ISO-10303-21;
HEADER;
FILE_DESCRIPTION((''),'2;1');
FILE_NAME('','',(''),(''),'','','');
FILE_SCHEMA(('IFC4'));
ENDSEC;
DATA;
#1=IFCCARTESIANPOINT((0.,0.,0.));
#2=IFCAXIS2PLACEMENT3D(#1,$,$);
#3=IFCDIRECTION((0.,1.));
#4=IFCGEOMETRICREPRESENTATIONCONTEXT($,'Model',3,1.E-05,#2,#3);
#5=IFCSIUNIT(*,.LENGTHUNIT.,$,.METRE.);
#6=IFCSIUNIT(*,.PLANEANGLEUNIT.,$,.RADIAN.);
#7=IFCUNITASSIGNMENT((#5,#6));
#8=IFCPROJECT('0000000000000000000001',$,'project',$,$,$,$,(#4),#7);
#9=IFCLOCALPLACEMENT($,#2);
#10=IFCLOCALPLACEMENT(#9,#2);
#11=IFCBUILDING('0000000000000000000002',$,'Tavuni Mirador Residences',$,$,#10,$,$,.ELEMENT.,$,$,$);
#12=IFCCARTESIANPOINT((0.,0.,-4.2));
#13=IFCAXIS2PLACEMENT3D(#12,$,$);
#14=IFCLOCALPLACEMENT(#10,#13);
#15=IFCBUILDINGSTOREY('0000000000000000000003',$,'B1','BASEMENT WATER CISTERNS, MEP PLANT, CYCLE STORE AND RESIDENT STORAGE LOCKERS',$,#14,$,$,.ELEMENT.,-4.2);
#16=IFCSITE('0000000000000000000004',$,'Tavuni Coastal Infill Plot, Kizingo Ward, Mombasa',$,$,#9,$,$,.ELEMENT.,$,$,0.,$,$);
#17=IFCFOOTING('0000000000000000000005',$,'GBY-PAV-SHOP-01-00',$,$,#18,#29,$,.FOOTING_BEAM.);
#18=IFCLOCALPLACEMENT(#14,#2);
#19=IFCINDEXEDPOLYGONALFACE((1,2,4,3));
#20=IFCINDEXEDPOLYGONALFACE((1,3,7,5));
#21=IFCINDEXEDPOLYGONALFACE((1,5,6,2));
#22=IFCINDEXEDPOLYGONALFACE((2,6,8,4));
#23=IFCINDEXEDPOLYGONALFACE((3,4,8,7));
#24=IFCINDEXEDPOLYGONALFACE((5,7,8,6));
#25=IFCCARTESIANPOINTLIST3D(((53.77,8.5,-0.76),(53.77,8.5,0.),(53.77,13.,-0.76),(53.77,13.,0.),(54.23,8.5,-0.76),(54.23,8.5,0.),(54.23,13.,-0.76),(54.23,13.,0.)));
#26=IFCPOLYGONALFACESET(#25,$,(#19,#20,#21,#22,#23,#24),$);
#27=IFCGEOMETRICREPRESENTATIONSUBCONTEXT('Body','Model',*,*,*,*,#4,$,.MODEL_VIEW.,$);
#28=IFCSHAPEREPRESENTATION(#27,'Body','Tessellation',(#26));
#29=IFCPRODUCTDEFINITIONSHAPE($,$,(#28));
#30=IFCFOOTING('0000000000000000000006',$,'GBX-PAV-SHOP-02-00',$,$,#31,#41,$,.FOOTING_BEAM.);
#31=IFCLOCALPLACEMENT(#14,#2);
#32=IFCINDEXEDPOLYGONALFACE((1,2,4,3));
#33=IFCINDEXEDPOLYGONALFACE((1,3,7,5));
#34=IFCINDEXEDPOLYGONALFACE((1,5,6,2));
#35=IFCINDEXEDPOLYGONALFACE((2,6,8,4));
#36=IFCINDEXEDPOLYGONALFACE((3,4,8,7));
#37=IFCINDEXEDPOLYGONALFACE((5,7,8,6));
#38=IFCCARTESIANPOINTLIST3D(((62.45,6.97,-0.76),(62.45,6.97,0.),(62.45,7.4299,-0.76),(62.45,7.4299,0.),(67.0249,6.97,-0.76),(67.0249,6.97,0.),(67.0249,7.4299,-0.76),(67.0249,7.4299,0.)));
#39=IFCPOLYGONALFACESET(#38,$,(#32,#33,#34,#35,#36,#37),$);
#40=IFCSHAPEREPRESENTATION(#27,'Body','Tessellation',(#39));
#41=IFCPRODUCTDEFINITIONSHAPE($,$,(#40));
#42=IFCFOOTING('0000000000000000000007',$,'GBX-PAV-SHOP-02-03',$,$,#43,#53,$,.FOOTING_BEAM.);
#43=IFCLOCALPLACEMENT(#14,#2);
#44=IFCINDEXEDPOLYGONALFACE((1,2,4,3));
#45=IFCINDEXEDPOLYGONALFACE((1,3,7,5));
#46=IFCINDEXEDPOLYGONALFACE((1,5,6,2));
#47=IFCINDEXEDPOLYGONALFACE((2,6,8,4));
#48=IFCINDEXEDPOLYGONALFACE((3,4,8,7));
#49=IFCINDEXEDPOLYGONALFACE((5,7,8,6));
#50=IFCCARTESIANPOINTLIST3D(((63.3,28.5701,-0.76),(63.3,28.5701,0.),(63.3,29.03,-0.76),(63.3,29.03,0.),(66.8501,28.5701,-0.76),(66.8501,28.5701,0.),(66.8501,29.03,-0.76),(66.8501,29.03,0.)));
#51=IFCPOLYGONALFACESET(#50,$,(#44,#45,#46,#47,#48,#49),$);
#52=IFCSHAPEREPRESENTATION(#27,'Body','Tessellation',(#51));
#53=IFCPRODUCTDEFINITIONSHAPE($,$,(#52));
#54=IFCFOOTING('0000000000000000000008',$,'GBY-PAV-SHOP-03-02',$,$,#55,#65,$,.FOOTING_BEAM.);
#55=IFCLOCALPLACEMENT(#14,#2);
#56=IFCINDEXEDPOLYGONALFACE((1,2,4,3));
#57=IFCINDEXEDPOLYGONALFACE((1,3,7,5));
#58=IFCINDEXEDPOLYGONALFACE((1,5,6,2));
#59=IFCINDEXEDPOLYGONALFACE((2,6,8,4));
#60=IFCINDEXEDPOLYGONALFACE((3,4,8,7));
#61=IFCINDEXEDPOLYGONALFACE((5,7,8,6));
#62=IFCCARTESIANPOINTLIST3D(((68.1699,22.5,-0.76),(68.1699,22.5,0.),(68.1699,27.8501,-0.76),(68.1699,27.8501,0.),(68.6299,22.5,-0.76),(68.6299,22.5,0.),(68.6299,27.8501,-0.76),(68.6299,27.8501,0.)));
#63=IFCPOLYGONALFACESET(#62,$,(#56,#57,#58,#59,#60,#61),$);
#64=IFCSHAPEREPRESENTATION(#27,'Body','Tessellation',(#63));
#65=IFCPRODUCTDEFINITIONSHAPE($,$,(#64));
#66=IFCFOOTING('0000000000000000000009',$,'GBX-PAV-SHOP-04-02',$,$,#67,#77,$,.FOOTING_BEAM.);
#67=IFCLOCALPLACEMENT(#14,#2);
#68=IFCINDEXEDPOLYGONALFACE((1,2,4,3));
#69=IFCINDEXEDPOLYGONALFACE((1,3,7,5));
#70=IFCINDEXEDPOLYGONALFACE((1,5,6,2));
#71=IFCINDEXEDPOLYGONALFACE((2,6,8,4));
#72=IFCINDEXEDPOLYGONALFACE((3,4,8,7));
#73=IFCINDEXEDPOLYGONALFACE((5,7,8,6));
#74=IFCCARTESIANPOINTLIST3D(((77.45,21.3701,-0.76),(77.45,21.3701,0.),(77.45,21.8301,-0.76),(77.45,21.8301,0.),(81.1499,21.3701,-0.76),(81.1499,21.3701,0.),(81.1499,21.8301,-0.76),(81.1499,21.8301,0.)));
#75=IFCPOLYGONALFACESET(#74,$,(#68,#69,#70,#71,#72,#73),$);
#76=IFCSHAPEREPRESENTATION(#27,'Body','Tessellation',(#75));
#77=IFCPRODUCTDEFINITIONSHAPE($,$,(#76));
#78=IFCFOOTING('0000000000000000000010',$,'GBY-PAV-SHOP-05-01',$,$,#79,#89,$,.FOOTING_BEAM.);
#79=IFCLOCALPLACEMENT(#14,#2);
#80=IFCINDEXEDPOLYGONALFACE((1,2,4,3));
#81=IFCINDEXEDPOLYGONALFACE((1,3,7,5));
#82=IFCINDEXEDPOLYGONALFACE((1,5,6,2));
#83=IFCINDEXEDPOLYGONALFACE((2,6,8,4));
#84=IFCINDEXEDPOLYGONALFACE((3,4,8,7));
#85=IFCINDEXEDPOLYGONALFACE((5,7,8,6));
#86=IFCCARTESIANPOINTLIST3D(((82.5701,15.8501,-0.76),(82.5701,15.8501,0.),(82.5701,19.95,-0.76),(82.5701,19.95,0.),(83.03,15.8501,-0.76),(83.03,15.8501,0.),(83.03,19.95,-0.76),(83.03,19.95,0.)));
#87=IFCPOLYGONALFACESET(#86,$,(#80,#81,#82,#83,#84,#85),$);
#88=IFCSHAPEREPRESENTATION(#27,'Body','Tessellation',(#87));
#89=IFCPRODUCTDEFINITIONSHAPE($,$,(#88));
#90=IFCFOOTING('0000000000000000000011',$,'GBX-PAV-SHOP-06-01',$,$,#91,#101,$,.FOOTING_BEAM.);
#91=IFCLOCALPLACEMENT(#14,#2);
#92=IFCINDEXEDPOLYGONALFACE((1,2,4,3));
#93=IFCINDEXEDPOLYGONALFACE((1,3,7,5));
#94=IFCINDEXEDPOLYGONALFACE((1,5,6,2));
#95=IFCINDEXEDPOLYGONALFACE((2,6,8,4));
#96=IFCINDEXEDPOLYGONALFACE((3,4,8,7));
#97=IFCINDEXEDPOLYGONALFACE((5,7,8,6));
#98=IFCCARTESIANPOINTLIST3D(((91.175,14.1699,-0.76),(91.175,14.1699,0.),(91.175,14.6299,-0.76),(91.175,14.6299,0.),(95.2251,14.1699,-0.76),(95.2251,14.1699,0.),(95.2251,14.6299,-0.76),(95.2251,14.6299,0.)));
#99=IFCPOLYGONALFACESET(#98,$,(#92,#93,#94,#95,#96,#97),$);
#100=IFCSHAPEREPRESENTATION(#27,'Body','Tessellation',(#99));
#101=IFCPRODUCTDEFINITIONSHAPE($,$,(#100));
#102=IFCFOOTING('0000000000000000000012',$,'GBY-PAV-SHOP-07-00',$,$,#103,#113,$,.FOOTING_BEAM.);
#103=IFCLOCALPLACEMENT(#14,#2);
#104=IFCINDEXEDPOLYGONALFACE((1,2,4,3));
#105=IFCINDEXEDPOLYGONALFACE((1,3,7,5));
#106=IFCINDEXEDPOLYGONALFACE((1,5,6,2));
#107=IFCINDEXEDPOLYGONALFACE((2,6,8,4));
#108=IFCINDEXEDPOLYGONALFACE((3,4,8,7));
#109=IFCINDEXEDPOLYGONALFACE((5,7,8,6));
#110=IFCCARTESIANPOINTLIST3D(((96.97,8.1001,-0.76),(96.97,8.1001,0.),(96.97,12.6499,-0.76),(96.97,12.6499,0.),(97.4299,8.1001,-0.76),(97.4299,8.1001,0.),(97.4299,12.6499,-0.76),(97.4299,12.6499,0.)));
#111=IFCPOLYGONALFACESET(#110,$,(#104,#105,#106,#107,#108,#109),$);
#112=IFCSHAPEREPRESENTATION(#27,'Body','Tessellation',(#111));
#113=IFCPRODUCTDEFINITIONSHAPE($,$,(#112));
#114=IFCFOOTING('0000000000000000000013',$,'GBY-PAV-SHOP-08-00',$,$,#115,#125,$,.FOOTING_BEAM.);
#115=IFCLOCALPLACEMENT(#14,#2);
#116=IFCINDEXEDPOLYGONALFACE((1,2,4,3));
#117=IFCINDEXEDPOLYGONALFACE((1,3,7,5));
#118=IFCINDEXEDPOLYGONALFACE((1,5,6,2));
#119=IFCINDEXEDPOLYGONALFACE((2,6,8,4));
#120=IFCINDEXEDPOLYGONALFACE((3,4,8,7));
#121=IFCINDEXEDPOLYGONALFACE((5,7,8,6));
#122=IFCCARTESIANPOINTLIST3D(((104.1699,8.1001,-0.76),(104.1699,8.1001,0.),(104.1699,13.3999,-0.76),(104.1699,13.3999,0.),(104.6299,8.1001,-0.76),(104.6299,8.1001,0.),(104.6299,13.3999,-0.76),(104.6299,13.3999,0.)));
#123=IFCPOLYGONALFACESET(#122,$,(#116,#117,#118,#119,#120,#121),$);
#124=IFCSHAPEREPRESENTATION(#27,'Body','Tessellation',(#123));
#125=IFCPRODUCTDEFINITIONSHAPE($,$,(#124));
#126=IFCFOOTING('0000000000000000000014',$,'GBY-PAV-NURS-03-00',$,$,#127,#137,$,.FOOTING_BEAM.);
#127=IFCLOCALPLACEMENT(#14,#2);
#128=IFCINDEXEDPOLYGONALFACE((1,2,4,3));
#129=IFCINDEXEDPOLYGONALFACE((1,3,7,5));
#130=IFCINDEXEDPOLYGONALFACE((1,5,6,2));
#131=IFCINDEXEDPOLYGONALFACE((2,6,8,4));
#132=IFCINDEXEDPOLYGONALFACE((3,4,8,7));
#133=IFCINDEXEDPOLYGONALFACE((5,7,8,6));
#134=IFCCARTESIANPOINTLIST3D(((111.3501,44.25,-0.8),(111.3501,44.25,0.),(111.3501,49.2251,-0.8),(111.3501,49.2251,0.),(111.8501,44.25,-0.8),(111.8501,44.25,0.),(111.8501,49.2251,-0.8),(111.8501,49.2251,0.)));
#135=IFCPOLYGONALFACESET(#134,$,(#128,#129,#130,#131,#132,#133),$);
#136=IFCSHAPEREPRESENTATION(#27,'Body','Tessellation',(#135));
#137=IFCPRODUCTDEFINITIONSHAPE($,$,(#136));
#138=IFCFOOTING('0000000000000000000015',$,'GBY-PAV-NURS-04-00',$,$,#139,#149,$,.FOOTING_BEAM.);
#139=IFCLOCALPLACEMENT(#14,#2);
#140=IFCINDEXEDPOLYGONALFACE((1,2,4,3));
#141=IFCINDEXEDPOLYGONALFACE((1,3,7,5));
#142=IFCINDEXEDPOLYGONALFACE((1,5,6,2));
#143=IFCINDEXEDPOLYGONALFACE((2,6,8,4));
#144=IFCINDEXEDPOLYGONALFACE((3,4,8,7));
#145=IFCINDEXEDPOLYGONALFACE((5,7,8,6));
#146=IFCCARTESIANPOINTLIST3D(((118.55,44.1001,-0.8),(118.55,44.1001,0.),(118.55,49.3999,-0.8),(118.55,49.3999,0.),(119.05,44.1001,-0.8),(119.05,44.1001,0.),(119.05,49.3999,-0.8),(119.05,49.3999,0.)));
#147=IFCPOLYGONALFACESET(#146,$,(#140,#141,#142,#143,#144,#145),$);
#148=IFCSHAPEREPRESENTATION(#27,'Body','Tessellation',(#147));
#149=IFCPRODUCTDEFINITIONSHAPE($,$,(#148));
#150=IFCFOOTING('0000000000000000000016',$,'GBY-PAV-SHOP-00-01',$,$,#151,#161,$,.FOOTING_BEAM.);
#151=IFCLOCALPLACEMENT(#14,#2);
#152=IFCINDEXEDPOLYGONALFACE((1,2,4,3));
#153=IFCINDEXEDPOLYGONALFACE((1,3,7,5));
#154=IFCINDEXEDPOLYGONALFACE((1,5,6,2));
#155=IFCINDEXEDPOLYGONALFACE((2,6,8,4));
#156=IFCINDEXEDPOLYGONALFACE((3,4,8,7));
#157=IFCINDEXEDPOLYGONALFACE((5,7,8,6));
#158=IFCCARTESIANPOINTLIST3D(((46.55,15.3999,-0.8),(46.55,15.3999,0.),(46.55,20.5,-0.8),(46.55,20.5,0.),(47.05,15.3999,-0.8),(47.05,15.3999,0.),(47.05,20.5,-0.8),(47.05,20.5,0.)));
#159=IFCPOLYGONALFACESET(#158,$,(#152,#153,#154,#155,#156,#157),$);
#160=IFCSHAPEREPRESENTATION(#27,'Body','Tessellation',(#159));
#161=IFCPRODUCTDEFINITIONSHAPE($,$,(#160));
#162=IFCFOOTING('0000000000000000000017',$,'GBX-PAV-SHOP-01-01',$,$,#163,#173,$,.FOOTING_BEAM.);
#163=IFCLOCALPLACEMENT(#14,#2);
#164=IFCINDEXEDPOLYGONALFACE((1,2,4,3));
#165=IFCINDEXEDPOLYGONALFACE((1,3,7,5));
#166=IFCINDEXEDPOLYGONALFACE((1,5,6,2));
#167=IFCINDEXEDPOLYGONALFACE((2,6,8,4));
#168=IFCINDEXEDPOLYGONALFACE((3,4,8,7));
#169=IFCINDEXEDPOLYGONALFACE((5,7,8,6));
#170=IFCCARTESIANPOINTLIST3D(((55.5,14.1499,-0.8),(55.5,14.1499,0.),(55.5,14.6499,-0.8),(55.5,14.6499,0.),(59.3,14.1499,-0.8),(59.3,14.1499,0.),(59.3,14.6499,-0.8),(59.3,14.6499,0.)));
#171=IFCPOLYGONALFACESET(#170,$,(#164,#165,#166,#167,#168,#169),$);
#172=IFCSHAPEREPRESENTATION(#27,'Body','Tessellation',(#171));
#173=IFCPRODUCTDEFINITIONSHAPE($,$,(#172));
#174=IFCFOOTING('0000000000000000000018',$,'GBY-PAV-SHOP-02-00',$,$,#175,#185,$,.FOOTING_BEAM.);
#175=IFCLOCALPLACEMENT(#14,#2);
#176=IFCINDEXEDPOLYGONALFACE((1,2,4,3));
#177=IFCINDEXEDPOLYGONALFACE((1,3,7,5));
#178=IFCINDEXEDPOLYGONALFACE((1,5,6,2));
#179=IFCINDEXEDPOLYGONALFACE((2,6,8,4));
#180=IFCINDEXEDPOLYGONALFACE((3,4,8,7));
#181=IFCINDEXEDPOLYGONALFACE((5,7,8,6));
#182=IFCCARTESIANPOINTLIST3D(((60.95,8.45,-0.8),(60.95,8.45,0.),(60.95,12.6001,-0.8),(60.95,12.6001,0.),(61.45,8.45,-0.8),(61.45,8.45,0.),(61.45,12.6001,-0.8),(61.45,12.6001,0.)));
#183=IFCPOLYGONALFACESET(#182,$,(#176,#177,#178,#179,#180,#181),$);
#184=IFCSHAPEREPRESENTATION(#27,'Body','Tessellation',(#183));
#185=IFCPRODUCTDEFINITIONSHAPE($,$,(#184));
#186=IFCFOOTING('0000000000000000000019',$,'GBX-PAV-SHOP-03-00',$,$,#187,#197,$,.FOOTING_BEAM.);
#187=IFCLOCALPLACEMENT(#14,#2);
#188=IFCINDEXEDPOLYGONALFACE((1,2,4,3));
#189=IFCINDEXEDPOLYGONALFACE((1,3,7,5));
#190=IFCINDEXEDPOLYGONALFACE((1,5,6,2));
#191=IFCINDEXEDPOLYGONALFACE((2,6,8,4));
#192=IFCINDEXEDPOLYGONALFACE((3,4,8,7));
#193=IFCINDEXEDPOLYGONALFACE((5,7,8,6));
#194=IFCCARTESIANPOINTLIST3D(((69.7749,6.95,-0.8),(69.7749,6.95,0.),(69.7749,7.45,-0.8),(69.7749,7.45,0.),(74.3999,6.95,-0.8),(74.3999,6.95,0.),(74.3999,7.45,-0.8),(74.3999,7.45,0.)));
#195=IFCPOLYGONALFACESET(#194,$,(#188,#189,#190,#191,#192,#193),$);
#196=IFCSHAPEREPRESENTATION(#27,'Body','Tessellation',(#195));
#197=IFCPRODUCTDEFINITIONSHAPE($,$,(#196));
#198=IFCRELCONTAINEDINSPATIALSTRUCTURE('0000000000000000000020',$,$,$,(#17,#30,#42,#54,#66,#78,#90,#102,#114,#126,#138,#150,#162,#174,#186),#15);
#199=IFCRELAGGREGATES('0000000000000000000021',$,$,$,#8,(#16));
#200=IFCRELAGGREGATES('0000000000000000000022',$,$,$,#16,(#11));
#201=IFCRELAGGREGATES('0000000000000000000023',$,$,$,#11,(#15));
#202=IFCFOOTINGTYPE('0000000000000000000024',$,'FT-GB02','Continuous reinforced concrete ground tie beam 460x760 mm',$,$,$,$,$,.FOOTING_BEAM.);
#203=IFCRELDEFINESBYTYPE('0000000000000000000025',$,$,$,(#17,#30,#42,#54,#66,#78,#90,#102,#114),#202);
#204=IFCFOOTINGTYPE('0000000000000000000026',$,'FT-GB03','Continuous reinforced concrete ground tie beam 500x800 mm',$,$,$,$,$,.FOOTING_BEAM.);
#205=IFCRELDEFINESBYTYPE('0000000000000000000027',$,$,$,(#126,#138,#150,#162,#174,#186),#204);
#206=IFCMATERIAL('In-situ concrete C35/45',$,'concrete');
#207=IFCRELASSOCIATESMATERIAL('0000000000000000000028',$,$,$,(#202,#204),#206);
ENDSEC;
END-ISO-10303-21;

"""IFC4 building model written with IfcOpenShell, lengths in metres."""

from ifc_helpers import new_model, si_unit, direction, frame, origin, place, context, subcontext, project, spatial, polyline, outline, extrude, material, type_object, element, save


model = new_model("IFC4")

# Units and contexts
model_context = context("Model", 3, precision=1e-05, world=origin(), true_north=direction((0.0, 1.0)))
body_context = subcontext(model_context, "Body", "Model", "MODEL_VIEW")
ifc_project = project(units=[si_unit("LENGTHUNIT", "METRE"), si_unit("PLANEANGLEUNIT", "RADIAN")], contexts=[model_context])

# Site, building, storey
site_placement = place(None, origin())
site = spatial("IfcSite", under=ifc_project, at=site_placement, Name="Tavuni Coastal Infill Plot, Kizingo Ward, Mombasa", CompositionType="ELEMENT", RefElevation=0.0)
building_placement = place(site_placement, origin())
building = spatial("IfcBuilding", under=site, at=building_placement, Name="Tavuni Mirador Residences", CompositionType="ELEMENT")
storey_placement = place(building_placement, frame((0.0, 0.0, -4.2)))
storey = spatial("IfcBuildingStorey", under=building, at=storey_placement, Name="B1", Description="BASEMENT WATER CISTERNS, MEP PLANT, CYCLE STORE AND RESIDENT STORAGE LOCKERS", CompositionType="ELEMENT", Elevation=-4.2)

# Footings
ifc_material = material(Name="In-situ concrete C35/45", Category="concrete")
footing_type_1 = type_object("IfcFootingType", Name="FT-GB02", Description="Continuous reinforced concrete ground tie beam 460x760 mm", PredefinedType="FOOTING_BEAM", material=ifc_material)
footing_1_placement = place(storey_placement, frame((0.0, 0.0, -0.76)))
element("IfcFooting", 1, at=footing_1_placement, inside=storey, type_object=footing_type_1, Name="GBY-PAV-SHOP-01-00", PredefinedType="FOOTING_BEAM", context=body_context, shape_type="SweptSolid", body=[
    extrude(outline(polyline([(53.77, 8.5), (54.23, 8.5), (54.23, 13.0), (53.77, 13.0), (53.77, 8.5)])), origin(), (0.0, 0.0, 1.0), 0.76),
])
footing_2_placement = place(storey_placement, frame((0.0, 0.0, -0.76)))
element("IfcFooting", 2, at=footing_2_placement, inside=storey, type_object=footing_type_1, Name="GBX-PAV-SHOP-02-00", PredefinedType="FOOTING_BEAM", context=body_context, shape_type="SweptSolid", body=[
    extrude(outline(polyline([(62.45, 6.97), (67.0249, 6.97), (67.0249, 7.4299), (62.45, 7.4299), (62.45, 6.97)])), origin(), (0.0, 0.0, 1.0), 0.76),
])
footing_3_placement = place(storey_placement, frame((0.0, 0.0, -0.76)))
element("IfcFooting", 3, at=footing_3_placement, inside=storey, type_object=footing_type_1, Name="GBX-PAV-SHOP-02-03", PredefinedType="FOOTING_BEAM", context=body_context, shape_type="SweptSolid", body=[
    extrude(outline(polyline([(63.3, 28.5701), (66.8501, 28.5701), (66.8501, 29.03), (63.3, 29.03), (63.3, 28.5701)])), origin(), (0.0, 0.0, 1.0), 0.76),
])
footing_4_placement = place(storey_placement, frame((0.0, 0.0, -0.76)))
element("IfcFooting", 4, at=footing_4_placement, inside=storey, type_object=footing_type_1, Name="GBY-PAV-SHOP-03-02", PredefinedType="FOOTING_BEAM", context=body_context, shape_type="SweptSolid", body=[
    extrude(outline(polyline([(68.1699, 22.5), (68.6299, 22.5), (68.6299, 27.8501), (68.1699, 27.8501), (68.1699, 22.5)])), origin(), (0.0, 0.0, 1.0), 0.76),
])
footing_5_placement = place(storey_placement, frame((0.0, 0.0, -0.76)))
element("IfcFooting", 5, at=footing_5_placement, inside=storey, type_object=footing_type_1, Name="GBX-PAV-SHOP-04-02", PredefinedType="FOOTING_BEAM", context=body_context, shape_type="SweptSolid", body=[
    extrude(outline(polyline([(77.45, 21.3701), (81.1499, 21.3701), (81.1499, 21.8301), (77.45, 21.8301), (77.45, 21.3701)])), origin(), (0.0, 0.0, 1.0), 0.76),
])
footing_6_placement = place(storey_placement, frame((0.0, 0.0, -0.76)))
element("IfcFooting", 6, at=footing_6_placement, inside=storey, type_object=footing_type_1, Name="GBY-PAV-SHOP-05-01", PredefinedType="FOOTING_BEAM", context=body_context, shape_type="SweptSolid", body=[
    extrude(outline(polyline([(82.5701, 15.8501), (83.03, 15.8501), (83.03, 19.95), (82.5701, 19.95), (82.5701, 15.8501)])), origin(), (0.0, 0.0, 1.0), 0.76),
])
footing_7_placement = place(storey_placement, frame((0.0, 0.0, -0.76)))
element("IfcFooting", 7, at=footing_7_placement, inside=storey, type_object=footing_type_1, Name="GBX-PAV-SHOP-06-01", PredefinedType="FOOTING_BEAM", context=body_context, shape_type="SweptSolid", body=[
    extrude(outline(polyline([(91.175, 14.1699), (95.2251, 14.1699), (95.2251, 14.6299), (91.175, 14.6299), (91.175, 14.1699)])), origin(), (0.0, 0.0, 1.0), 0.76),
])
footing_8_placement = place(storey_placement, frame((0.0, 0.0, -0.76)))
element("IfcFooting", 8, at=footing_8_placement, inside=storey, type_object=footing_type_1, Name="GBY-PAV-SHOP-07-00", PredefinedType="FOOTING_BEAM", context=body_context, shape_type="SweptSolid", body=[
    extrude(outline(polyline([(96.97, 8.1001), (97.4299, 8.1001), (97.4299, 12.6499), (96.97, 12.6499), (96.97, 8.1001)])), origin(), (0.0, 0.0, 1.0), 0.76),
])
footing_9_placement = place(storey_placement, frame((0.0, 0.0, -0.76)))
element("IfcFooting", 9, at=footing_9_placement, inside=storey, type_object=footing_type_1, Name="GBY-PAV-SHOP-08-00", PredefinedType="FOOTING_BEAM", context=body_context, shape_type="SweptSolid", body=[
    extrude(outline(polyline([(104.1699, 8.1001), (104.6299, 8.1001), (104.6299, 13.3999), (104.1699, 13.3999), (104.1699, 8.1001)])), origin(), (0.0, 0.0, 1.0), 0.76),
])
footing_type_2 = type_object("IfcFootingType", Name="FT-GB03", Description="Continuous reinforced concrete ground tie beam 500x800 mm", PredefinedType="FOOTING_BEAM", material=ifc_material)
footing_10_placement = place(storey_placement, frame((0.0, 0.0, -0.8)))
element("IfcFooting", 10, at=footing_10_placement, inside=storey, type_object=footing_type_2, Name="GBY-PAV-NURS-03-00", PredefinedType="FOOTING_BEAM", context=body_context, shape_type="SweptSolid", body=[
    extrude(outline(polyline([(111.3501, 44.25), (111.8501, 44.25), (111.8501, 49.2251), (111.3501, 49.2251), (111.3501, 44.25)])), origin(), (0.0, 0.0, 1.0), 0.8),
])
footing_11_placement = place(storey_placement, frame((0.0, 0.0, -0.8)))
element("IfcFooting", 11, at=footing_11_placement, inside=storey, type_object=footing_type_2, Name="GBY-PAV-NURS-04-00", PredefinedType="FOOTING_BEAM", context=body_context, shape_type="SweptSolid", body=[
    extrude(outline(polyline([(118.55, 44.1001), (119.05, 44.1001), (119.05, 49.3999), (118.55, 49.3999), (118.55, 44.1001)])), origin(), (0.0, 0.0, 1.0), 0.8),
])
footing_12_placement = place(storey_placement, frame((0.0, 0.0, -0.8)))
element("IfcFooting", 12, at=footing_12_placement, inside=storey, type_object=footing_type_2, Name="GBY-PAV-SHOP-00-01", PredefinedType="FOOTING_BEAM", context=body_context, shape_type="SweptSolid", body=[
    extrude(outline(polyline([(46.55, 15.3999), (47.05, 15.3999), (47.05, 20.5), (46.55, 20.5), (46.55, 15.3999)])), origin(), (0.0, 0.0, 1.0), 0.8),
])
footing_13_placement = place(storey_placement, frame((0.0, 0.0, -0.8)))
element("IfcFooting", 13, at=footing_13_placement, inside=storey, type_object=footing_type_2, Name="GBX-PAV-SHOP-01-01", PredefinedType="FOOTING_BEAM", context=body_context, shape_type="SweptSolid", body=[
    extrude(outline(polyline([(55.5, 14.1499), (59.3, 14.1499), (59.3, 14.6499), (55.5, 14.6499), (55.5, 14.1499)])), origin(), (0.0, 0.0, 1.0), 0.8),
])
footing_14_placement = place(storey_placement, frame((0.0, 0.0, -0.8)))
element("IfcFooting", 14, at=footing_14_placement, inside=storey, type_object=footing_type_2, Name="GBY-PAV-SHOP-02-00", PredefinedType="FOOTING_BEAM", context=body_context, shape_type="SweptSolid", body=[
    extrude(outline(polyline([(60.95, 8.45), (61.45, 8.45), (61.45, 12.6001), (60.95, 12.6001), (60.95, 8.45)])), origin(), (0.0, 0.0, 1.0), 0.8),
])
footing_15_placement = place(storey_placement, frame((0.0, 0.0, -0.8)))
element("IfcFooting", 15, at=footing_15_placement, inside=storey, type_object=footing_type_2, Name="GBX-PAV-SHOP-03-00", PredefinedType="FOOTING_BEAM", context=body_context, shape_type="SweptSolid", body=[
    extrude(outline(polyline([(69.7749, 6.95), (74.3999, 6.95), (74.3999, 7.45), (69.7749, 7.45), (69.7749, 6.95)])), origin(), (0.0, 0.0, 1.0), 0.8),
])

save(model, "model.ifc")
